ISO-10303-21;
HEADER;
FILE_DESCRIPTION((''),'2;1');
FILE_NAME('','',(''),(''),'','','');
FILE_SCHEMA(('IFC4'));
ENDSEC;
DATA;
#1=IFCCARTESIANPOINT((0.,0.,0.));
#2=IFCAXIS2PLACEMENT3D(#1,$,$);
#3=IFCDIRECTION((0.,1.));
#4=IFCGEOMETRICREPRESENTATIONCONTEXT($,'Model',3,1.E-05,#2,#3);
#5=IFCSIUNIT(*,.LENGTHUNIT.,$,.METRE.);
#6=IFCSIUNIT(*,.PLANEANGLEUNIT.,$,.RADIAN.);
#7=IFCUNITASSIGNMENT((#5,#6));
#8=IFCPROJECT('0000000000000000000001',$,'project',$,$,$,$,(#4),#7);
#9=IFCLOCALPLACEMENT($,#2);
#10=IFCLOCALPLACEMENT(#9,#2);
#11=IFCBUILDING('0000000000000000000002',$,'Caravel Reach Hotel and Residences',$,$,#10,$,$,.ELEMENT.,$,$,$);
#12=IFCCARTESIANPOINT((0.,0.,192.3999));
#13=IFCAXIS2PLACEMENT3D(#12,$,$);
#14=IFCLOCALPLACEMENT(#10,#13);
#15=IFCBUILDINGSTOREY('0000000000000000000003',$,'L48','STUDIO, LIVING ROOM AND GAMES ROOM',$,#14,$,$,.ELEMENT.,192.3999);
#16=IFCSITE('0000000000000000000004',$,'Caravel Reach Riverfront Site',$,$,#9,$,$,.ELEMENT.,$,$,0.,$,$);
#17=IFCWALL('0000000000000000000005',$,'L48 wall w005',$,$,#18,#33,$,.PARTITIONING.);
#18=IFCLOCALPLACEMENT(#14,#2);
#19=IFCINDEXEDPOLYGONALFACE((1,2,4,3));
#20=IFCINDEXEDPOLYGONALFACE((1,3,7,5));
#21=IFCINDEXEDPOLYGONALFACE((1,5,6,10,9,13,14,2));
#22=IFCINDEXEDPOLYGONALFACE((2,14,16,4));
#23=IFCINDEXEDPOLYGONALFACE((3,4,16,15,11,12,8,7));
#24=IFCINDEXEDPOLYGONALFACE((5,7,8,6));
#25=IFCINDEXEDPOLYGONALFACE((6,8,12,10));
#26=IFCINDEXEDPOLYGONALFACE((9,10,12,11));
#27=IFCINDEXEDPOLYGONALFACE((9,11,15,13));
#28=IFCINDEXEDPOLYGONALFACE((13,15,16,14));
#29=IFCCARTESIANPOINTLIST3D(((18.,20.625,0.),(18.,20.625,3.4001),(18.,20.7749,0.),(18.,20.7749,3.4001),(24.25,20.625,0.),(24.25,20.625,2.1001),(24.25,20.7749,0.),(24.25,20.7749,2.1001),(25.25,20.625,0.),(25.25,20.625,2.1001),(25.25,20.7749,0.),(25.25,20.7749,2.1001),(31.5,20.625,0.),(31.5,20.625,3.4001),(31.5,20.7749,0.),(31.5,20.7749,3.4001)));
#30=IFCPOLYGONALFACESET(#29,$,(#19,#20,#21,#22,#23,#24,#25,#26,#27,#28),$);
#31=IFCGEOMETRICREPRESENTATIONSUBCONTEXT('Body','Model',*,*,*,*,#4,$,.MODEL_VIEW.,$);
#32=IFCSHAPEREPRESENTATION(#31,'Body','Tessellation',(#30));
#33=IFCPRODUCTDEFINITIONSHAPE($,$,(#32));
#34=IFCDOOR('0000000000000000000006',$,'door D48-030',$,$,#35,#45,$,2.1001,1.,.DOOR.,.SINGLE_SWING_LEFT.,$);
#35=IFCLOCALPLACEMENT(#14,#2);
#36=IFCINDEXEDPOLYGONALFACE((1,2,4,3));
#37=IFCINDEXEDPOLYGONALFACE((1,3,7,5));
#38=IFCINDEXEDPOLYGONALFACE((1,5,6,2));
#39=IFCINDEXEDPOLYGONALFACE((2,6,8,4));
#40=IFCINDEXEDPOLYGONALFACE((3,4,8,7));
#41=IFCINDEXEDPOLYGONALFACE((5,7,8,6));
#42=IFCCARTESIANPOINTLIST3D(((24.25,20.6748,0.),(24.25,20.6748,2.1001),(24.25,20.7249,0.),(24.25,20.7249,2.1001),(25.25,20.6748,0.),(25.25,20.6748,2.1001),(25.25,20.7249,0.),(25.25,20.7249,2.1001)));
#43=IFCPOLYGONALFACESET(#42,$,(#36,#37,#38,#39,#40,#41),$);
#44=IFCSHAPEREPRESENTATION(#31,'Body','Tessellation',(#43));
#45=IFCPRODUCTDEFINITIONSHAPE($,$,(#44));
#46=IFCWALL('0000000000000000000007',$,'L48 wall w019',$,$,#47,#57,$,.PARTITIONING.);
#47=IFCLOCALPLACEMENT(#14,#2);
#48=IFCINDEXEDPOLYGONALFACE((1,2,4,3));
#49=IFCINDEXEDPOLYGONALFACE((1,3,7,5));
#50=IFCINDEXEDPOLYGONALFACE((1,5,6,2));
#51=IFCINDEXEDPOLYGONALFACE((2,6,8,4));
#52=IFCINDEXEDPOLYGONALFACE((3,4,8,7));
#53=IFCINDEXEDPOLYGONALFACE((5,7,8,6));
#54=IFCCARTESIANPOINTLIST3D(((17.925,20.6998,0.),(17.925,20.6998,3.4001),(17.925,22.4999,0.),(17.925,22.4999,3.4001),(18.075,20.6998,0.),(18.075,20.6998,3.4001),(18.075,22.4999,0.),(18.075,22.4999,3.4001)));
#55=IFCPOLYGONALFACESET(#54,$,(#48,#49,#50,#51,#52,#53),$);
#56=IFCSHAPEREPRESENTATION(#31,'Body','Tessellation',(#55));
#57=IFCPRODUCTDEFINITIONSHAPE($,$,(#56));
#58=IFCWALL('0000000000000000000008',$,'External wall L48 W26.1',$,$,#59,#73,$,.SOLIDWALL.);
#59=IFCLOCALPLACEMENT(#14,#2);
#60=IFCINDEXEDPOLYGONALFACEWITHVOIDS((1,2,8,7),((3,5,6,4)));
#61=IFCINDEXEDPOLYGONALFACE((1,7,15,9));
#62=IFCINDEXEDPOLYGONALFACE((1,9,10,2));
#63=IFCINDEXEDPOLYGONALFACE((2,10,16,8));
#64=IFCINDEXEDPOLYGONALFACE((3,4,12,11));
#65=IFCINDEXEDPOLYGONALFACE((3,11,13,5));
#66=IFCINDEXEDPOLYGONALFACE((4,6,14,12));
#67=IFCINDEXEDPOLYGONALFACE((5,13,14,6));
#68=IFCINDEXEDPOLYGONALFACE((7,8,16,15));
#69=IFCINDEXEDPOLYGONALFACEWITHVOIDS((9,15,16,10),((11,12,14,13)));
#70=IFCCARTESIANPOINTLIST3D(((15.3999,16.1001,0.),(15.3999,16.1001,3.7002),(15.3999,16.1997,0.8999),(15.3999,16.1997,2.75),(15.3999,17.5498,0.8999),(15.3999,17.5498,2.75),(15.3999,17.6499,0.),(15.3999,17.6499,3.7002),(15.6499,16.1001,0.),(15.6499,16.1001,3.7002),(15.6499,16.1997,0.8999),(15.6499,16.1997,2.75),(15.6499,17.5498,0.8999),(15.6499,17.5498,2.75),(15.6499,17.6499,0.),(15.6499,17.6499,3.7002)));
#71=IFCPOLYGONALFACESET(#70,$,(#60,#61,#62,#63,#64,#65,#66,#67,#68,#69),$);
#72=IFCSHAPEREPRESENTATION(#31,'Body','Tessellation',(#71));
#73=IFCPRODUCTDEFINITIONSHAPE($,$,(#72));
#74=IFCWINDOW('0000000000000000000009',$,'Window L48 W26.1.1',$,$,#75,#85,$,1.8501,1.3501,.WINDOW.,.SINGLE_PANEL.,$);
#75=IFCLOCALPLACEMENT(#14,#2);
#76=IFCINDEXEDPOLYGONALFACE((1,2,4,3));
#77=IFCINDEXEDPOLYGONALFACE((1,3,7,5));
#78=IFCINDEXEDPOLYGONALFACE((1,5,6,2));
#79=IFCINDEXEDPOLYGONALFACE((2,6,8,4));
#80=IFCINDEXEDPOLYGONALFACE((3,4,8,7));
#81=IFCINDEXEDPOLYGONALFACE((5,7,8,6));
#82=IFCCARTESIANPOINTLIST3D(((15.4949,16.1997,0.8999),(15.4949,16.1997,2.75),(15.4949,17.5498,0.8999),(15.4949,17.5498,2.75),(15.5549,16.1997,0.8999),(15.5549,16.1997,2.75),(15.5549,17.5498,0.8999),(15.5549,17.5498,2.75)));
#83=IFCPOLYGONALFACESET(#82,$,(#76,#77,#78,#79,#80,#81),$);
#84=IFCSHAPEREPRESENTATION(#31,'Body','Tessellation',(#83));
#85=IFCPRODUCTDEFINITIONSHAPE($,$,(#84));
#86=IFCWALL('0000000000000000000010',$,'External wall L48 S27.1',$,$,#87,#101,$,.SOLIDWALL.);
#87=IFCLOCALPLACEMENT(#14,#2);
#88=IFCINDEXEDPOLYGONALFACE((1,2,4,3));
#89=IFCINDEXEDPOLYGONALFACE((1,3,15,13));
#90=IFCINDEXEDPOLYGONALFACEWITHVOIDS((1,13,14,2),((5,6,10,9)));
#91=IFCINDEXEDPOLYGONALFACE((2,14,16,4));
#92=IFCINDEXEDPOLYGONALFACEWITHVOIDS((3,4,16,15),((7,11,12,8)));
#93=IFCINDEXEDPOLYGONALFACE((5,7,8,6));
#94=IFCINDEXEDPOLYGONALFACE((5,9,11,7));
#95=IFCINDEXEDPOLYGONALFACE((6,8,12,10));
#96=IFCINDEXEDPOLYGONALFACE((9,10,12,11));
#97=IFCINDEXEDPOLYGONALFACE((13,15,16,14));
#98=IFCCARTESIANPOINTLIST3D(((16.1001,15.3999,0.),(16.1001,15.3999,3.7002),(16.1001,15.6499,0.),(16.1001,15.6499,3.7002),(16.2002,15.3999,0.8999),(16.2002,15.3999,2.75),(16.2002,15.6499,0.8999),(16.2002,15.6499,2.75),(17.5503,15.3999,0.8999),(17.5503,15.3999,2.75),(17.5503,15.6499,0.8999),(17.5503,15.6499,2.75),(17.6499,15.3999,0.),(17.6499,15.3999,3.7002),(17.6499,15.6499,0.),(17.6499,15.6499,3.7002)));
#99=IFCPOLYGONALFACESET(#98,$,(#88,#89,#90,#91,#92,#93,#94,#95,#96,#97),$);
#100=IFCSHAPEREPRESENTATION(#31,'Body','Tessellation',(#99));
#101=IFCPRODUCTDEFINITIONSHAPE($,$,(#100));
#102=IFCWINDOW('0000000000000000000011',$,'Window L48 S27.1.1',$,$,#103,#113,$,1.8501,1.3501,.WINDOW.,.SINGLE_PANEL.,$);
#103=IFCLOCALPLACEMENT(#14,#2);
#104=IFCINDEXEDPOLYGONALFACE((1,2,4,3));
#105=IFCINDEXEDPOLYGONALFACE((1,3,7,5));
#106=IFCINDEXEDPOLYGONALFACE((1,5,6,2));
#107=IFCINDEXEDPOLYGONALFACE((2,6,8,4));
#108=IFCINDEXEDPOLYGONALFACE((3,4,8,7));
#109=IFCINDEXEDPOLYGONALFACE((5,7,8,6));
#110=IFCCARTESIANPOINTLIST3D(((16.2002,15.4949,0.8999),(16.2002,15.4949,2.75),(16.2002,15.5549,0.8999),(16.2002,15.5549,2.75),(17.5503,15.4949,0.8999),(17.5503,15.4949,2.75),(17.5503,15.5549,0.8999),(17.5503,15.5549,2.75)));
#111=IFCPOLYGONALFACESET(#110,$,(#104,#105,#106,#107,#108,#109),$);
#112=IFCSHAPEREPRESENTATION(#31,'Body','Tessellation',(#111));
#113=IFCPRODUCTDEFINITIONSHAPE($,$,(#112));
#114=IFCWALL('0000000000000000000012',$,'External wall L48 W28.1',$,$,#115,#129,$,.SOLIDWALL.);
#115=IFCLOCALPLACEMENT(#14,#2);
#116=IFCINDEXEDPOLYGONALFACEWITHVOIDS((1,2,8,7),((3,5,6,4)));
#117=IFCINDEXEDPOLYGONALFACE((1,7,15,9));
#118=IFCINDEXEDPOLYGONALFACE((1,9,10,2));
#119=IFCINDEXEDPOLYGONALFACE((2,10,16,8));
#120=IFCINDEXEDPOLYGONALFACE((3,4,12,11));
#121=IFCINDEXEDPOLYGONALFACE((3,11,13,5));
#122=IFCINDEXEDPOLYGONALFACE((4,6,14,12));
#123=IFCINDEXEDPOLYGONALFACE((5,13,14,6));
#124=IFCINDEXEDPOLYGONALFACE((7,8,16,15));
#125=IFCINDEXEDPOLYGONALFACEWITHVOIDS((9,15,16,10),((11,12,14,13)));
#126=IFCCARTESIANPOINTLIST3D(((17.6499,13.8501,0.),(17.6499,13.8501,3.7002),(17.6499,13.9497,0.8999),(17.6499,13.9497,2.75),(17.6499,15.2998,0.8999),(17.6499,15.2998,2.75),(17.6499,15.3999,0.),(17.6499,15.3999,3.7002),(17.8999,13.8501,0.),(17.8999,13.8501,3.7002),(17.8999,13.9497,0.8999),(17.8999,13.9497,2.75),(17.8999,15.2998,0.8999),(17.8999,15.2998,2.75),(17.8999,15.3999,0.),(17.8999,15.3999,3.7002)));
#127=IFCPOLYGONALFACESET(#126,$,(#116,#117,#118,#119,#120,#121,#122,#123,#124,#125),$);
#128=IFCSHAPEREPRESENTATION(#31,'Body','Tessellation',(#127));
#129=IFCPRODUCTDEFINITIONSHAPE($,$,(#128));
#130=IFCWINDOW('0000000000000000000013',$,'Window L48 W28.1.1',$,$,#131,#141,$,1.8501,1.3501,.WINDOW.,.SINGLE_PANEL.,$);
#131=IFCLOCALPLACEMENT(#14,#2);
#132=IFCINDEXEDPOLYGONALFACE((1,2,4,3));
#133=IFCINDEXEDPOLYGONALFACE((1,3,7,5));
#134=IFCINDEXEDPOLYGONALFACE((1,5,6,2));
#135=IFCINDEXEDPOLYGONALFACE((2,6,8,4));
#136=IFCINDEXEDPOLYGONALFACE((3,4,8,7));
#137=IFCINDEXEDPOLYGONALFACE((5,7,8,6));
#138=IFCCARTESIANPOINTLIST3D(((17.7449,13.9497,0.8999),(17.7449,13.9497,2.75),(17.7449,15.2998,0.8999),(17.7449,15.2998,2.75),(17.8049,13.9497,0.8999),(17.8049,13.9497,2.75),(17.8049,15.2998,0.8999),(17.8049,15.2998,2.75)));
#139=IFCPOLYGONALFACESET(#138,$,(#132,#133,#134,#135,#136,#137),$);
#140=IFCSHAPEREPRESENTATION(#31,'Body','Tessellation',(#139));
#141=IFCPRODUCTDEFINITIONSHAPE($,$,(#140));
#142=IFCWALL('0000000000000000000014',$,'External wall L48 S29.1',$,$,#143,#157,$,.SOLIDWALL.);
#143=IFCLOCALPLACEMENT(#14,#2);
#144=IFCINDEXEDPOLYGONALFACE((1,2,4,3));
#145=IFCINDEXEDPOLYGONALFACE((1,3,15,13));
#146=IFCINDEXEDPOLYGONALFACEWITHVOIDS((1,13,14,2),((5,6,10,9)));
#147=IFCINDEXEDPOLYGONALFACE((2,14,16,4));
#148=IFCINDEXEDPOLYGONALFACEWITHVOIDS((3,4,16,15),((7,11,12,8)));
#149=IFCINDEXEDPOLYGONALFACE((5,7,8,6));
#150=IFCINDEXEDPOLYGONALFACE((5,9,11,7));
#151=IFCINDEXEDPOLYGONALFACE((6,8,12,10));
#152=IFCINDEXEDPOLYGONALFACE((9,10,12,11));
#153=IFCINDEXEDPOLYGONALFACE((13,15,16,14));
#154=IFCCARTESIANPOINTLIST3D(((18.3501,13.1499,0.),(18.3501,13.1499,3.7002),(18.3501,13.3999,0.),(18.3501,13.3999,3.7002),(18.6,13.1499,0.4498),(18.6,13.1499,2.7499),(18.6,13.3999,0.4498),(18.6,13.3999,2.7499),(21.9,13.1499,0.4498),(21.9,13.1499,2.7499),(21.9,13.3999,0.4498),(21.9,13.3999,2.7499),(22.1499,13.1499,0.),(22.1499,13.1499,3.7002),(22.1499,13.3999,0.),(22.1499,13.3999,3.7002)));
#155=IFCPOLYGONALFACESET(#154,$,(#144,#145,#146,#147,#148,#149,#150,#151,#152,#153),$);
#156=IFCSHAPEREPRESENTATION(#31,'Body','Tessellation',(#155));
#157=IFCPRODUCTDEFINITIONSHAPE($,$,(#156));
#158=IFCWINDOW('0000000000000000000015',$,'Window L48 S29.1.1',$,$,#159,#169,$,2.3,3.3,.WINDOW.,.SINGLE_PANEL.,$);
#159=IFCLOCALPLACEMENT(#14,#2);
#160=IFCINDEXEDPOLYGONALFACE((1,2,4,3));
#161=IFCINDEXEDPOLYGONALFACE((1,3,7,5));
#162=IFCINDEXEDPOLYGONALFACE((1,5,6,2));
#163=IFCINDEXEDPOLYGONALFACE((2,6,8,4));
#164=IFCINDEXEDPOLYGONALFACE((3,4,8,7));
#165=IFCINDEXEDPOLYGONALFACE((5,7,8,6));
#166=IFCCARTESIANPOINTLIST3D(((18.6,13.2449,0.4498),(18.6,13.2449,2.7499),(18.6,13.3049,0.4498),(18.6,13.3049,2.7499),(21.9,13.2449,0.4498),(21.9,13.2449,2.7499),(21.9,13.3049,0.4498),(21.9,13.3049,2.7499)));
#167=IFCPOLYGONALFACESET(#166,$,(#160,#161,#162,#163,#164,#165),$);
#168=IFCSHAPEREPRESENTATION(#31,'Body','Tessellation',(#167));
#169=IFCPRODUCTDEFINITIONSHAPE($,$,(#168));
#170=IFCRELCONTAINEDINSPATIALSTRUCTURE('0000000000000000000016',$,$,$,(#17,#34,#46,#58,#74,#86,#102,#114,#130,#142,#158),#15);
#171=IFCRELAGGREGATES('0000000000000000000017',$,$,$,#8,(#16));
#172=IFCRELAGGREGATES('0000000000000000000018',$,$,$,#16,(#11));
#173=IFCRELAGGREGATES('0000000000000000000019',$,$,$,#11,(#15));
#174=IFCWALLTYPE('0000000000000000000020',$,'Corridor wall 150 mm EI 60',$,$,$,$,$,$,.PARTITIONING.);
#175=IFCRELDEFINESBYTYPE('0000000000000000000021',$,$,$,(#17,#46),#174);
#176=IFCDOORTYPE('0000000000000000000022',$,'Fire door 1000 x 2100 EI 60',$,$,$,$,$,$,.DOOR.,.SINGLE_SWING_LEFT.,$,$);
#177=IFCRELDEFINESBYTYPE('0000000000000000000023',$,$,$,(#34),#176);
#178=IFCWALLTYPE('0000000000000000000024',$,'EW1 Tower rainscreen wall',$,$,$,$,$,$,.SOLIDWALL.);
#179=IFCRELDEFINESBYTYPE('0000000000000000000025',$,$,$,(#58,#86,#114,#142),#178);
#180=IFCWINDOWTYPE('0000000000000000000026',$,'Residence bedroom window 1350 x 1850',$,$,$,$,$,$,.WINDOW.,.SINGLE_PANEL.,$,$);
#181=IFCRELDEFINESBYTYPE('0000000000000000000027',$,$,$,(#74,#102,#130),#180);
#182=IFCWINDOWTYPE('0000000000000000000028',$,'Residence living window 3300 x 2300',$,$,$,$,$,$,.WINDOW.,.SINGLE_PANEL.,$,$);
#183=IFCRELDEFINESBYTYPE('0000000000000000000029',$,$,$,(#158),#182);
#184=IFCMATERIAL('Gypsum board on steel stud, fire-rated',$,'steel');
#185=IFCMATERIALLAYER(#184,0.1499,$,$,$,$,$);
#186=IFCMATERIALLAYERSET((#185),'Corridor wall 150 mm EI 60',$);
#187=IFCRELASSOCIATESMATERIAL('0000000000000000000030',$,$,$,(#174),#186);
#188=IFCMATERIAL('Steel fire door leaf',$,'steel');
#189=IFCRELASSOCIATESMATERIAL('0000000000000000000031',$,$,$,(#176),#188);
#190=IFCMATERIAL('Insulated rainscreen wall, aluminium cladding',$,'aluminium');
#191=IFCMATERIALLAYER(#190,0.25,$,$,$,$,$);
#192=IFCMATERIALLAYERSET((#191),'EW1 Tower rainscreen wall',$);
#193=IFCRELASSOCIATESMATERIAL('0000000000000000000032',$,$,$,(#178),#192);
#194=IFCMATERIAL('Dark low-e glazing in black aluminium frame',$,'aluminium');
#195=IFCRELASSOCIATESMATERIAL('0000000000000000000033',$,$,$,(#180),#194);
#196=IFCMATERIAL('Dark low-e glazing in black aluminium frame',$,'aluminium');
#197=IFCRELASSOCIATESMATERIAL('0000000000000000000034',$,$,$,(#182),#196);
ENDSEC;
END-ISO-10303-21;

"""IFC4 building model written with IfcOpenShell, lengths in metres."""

from ifc_helpers import new_model, si_unit, direction, frame, frame_2d, origin, place, context, subcontext, project, spatial, rectangle, extrude, material, layer, layer_set, type_object, element, fill, save


model = new_model("IFC4")

# Units and contexts
model_context = context("Model", 3, precision=1e-05, world=origin(), true_north=direction((0.0, 1.0)))
body_context = subcontext(model_context, "Body", "Model", "MODEL_VIEW")
ifc_project = project(units=[si_unit("LENGTHUNIT", "METRE"), si_unit("PLANEANGLEUNIT", "RADIAN")], contexts=[model_context])

# Site, building, storey
site_placement = place(None, origin())
site = spatial("IfcSite", under=ifc_project, at=site_placement, Name="Caravel Reach Riverfront Site", CompositionType="ELEMENT", RefElevation=0.0)
building_placement = place(site_placement, origin())
building = spatial("IfcBuilding", under=site, at=building_placement, Name="Caravel Reach Hotel and Residences", CompositionType="ELEMENT")
storey_placement = place(building_placement, frame((0.0, 0.0, 192.3999)))
storey = spatial("IfcBuildingStorey", under=building, at=storey_placement, Name="L48", Description="STUDIO, LIVING ROOM AND GAMES ROOM", CompositionType="ELEMENT", Elevation=192.3999)

# Wall, opening, door
ifc_material_1 = material(Name="Gypsum board on steel stud, fire-rated", Category="steel")
ifc_layer_1 = layer(ifc_material_1, 0.1499)
ifc_layer_set_1 = layer_set([ifc_layer_1], Name="Corridor wall 150 mm EI 60")
wall_type_1 = type_object("IfcWallType", Name="Corridor wall 150 mm EI 60", PredefinedType="PARTITIONING", material=ifc_layer_set_1)
wall_1_placement = place(storey_placement, frame((18.0, 20.7, 0.0), z_axis=(0.0, 0.0, 1.0), x_axis=(1.0, 0.0, 0.0)))
wall_1 = element("IfcWall", 1, at=wall_1_placement, inside=storey, type_object=wall_type_1, Name="L48 wall w005", PredefinedType="PARTITIONING", context=body_context, shape_type="SweptSolid", body=[
    extrude(rectangle(XDim=13.5, YDim=0.1499, at=frame_2d((6.75, 0.0))), origin(), (0.0, 0.0, 1.0), 3.4001),
])
opening_1_placement = place(wall_1_placement, frame((6.25, 0.0, 0.0)))
opening_1 = element("IfcOpeningElement", 2, at=opening_1_placement, cuts=wall_1, PredefinedType="OPENING", context=body_context, shape_type="SweptSolid", body=[
    extrude(rectangle(XDim=1.0, YDim=2.1001, at=frame_2d((0.5, 1.05))), frame((0.0, 0.085, 0.0), z_axis=(0.0, -1.0, 0.0), x_axis=(1.0, 0.0, 0.0)), (0.0, 0.0, 1.0), 0.1699),
])
ifc_material_2 = material(Name="Steel fire door leaf", Category="steel")
door_type = type_object("IfcDoorType", Name="Fire door 1000 x 2100 EI 60", OperationType="SINGLE_SWING_LEFT", PredefinedType="DOOR", material=ifc_material_2)
door_placement = place(opening_1_placement, origin())
door = element("IfcDoor", 3, at=door_placement, inside=storey, type_object=door_type, Name="door D48-030", OperationType="SINGLE_SWING_LEFT", OverallHeight=2.1001, OverallWidth=1.0, PredefinedType="DOOR", context=body_context, shape_type="SweptSolid", body=[
    extrude(rectangle(XDim=1.0, YDim=2.1001, at=frame_2d((0.5, 1.05))), frame((0.0, 0.0249, 0.0), z_axis=(0.0, -1.0, 0.0), x_axis=(1.0, 0.0, 0.0)), (0.0, 0.0, 1.0), 0.05),
])
fill(opening_1, door)

# Wall
wall_2_placement = place(storey_placement, frame((18.0, 20.7, 0.0), z_axis=(0.0, 0.0, 1.0), x_axis=(0.0, 1.0, 0.0)))
element("IfcWall", 4, at=wall_2_placement, inside=storey, type_object=wall_type_1, Name="L48 wall w019", PredefinedType="PARTITIONING", context=body_context, shape_type="SweptSolid", body=[
    extrude(rectangle(XDim=1.8, YDim=0.1499, at=frame_2d((0.8999, 0.0))), origin(), (0.0, 0.0, 1.0), 3.4001),
])

# Walls, openings, windows
ifc_material_3 = material(Name="Insulated rainscreen wall, aluminium cladding", Category="aluminium")
ifc_layer_2 = layer(ifc_material_3, 0.25)
ifc_layer_set_2 = layer_set([ifc_layer_2], Name="EW1 Tower rainscreen wall")
wall_type_2 = type_object("IfcWallType", Name="EW1 Tower rainscreen wall", PredefinedType="SOLIDWALL", material=ifc_layer_set_2)
wall_3_placement = place(storey_placement, frame((15.5249, 17.6499, 0.0), z_axis=(0.0, 0.0, 1.0), x_axis=(0.0, -1.0, 0.0)))
wall_3 = element("IfcWall", 5, at=wall_3_placement, inside=storey, type_object=wall_type_2, Name="External wall L48 W26.1", PredefinedType="SOLIDWALL", context=body_context, shape_type="SweptSolid", body=[
    extrude(rectangle(XDim=1.5498, YDim=0.25, at=frame_2d((0.7749, 0.0))), origin(), (0.0, 0.0, 1.0), 3.7002),
])
opening_2_placement = place(wall_3_placement, frame((0.1001, 0.0, 0.8999)))
opening_2 = element("IfcOpeningElement", 6, at=opening_2_placement, cuts=wall_3, PredefinedType="OPENING", context=body_context, shape_type="SweptSolid", body=[
    extrude(rectangle(XDim=1.3501, YDim=1.8501, at=frame_2d((0.675, 0.925))), frame((0.0, 0.135, 0.0), z_axis=(0.0, -1.0, 0.0), x_axis=(1.0, 0.0, 0.0)), (0.0, 0.0, 1.0), 0.27),
])
ifc_material_4 = material(Name="Dark low-e glazing in black aluminium frame", Category="aluminium")
window_type_1 = type_object("IfcWindowType", Name="Residence bedroom window 1350 x 1850", PartitioningType="SINGLE_PANEL", PredefinedType="WINDOW", material=ifc_material_4)
window_1_placement = place(opening_2_placement, origin())
window_1 = element("IfcWindow", 7, at=window_1_placement, inside=storey, type_object=window_type_1, Name="Window L48 W26.1.1", OverallHeight=1.8501, OverallWidth=1.3501, PartitioningType="SINGLE_PANEL", PredefinedType="WINDOW", context=body_context, shape_type="SweptSolid", body=[
    extrude(rectangle(XDim=1.3501, YDim=1.8501, at=frame_2d((0.675, 0.925))), frame((0.0, 0.03, 0.0), z_axis=(0.0, -1.0, 0.0), x_axis=(1.0, 0.0, 0.0)), (0.0, 0.0, 1.0), 0.0601),
])
fill(opening_2, window_1)
wall_4_placement = place(storey_placement, frame((16.1001, 15.5249, 0.0), z_axis=(0.0, 0.0, 1.0), x_axis=(1.0, 0.0, 0.0)))
wall_4 = element("IfcWall", 8, at=wall_4_placement, inside=storey, type_object=wall_type_2, Name="External wall L48 S27.1", PredefinedType="SOLIDWALL", context=body_context, shape_type="SweptSolid", body=[
    extrude(rectangle(XDim=1.5498, YDim=0.25, at=frame_2d((0.7749, 0.0))), origin(), (0.0, 0.0, 1.0), 3.7002),
])
opening_3_placement = place(wall_4_placement, frame((0.1001, 0.0, 0.8999)))
opening_3 = element("IfcOpeningElement", 9, at=opening_3_placement, cuts=wall_4, PredefinedType="OPENING", context=body_context, shape_type="SweptSolid", body=[
    extrude(rectangle(XDim=1.3501, YDim=1.8501, at=frame_2d((0.675, 0.925))), frame((0.0, 0.135, 0.0), z_axis=(0.0, -1.0, 0.0), x_axis=(1.0, 0.0, 0.0)), (0.0, 0.0, 1.0), 0.27),
])
window_2_placement = place(opening_3_placement, origin())
window_2 = element("IfcWindow", 10, at=window_2_placement, inside=storey, type_object=window_type_1, Name="Window L48 S27.1.1", OverallHeight=1.8501, OverallWidth=1.3501, PartitioningType="SINGLE_PANEL", PredefinedType="WINDOW", context=body_context, shape_type="SweptSolid", body=[
    extrude(rectangle(XDim=1.3501, YDim=1.8501, at=frame_2d((0.675, 0.925))), frame((0.0, 0.03, 0.0), z_axis=(0.0, -1.0, 0.0), x_axis=(1.0, 0.0, 0.0)), (0.0, 0.0, 1.0), 0.0601),
])
fill(opening_3, window_2)
wall_5_placement = place(storey_placement, frame((17.7749, 15.3999, 0.0), z_axis=(0.0, 0.0, 1.0), x_axis=(0.0, -1.0, 0.0)))
wall_5 = element("IfcWall", 11, at=wall_5_placement, inside=storey, type_object=wall_type_2, Name="External wall L48 W28.1", PredefinedType="SOLIDWALL", context=body_context, shape_type="SweptSolid", body=[
    extrude(rectangle(XDim=1.5498, YDim=0.25, at=frame_2d((0.7749, 0.0))), origin(), (0.0, 0.0, 1.0), 3.7002),
])
opening_4_placement = place(wall_5_placement, frame((0.1001, 0.0, 0.8999)))
opening_4 = element("IfcOpeningElement", 12, at=opening_4_placement, cuts=wall_5, PredefinedType="OPENING", context=body_context, shape_type="SweptSolid", body=[
    extrude(rectangle(XDim=1.3501, YDim=1.8501, at=frame_2d((0.675, 0.925))), frame((0.0, 0.135, 0.0), z_axis=(0.0, -1.0, 0.0), x_axis=(1.0, 0.0, 0.0)), (0.0, 0.0, 1.0), 0.27),
])
window_3_placement = place(opening_4_placement, origin())
window_3 = element("IfcWindow", 13, at=window_3_placement, inside=storey, type_object=window_type_1, Name="Window L48 W28.1.1", OverallHeight=1.8501, OverallWidth=1.3501, PartitioningType="SINGLE_PANEL", PredefinedType="WINDOW", context=body_context, shape_type="SweptSolid", body=[
    extrude(rectangle(XDim=1.3501, YDim=1.8501, at=frame_2d((0.675, 0.925))), frame((0.0, 0.03, 0.0), z_axis=(0.0, -1.0, 0.0), x_axis=(1.0, 0.0, 0.0)), (0.0, 0.0, 1.0), 0.0601),
])
fill(opening_4, window_3)
wall_6_placement = place(storey_placement, frame((18.3501, 13.2749, 0.0), z_axis=(0.0, 0.0, 1.0), x_axis=(1.0, 0.0, 0.0)))
wall_6 = element("IfcWall", 14, at=wall_6_placement, inside=storey, type_object=wall_type_2, Name="External wall L48 S29.1", PredefinedType="SOLIDWALL", context=body_context, shape_type="SweptSolid", body=[
    extrude(rectangle(XDim=3.7998, YDim=0.25, at=frame_2d((1.8999, 0.0))), origin(), (0.0, 0.0, 1.0), 3.7002),
])
opening_5_placement = place(wall_6_placement, frame((0.25, 0.0, 0.45)))
opening_5 = element("IfcOpeningElement", 15, at=opening_5_placement, cuts=wall_6, PredefinedType="OPENING", context=body_context, shape_type="SweptSolid", body=[
    extrude(rectangle(XDim=3.3, YDim=2.3, at=frame_2d((1.6499, 1.1499))), frame((0.0, 0.135, 0.0), z_axis=(0.0, -1.0, 0.0), x_axis=(1.0, 0.0, 0.0)), (0.0, 0.0, 1.0), 0.27),
])
ifc_material_5 = material(Name="Dark low-e glazing in black aluminium frame", Category="aluminium")
window_type_2 = type_object("IfcWindowType", Name="Residence living window 3300 x 2300", PartitioningType="SINGLE_PANEL", PredefinedType="WINDOW", material=ifc_material_5)
window_4_placement = place(opening_5_placement, origin())
window_4 = element("IfcWindow", 16, at=window_4_placement, inside=storey, type_object=window_type_2, Name="Window L48 S29.1.1", OverallHeight=2.3, OverallWidth=3.3, PartitioningType="SINGLE_PANEL", PredefinedType="WINDOW", context=body_context, shape_type="SweptSolid", body=[
    extrude(rectangle(XDim=3.3, YDim=2.3, at=frame_2d((1.6499, 1.1499))), frame((0.0, 0.03, 0.0), z_axis=(0.0, -1.0, 0.0), x_axis=(1.0, 0.0, 0.0)), (0.0, 0.0, 1.0), 0.0601),
])
fill(opening_5, window_4)

save(model, "model.ifc")
